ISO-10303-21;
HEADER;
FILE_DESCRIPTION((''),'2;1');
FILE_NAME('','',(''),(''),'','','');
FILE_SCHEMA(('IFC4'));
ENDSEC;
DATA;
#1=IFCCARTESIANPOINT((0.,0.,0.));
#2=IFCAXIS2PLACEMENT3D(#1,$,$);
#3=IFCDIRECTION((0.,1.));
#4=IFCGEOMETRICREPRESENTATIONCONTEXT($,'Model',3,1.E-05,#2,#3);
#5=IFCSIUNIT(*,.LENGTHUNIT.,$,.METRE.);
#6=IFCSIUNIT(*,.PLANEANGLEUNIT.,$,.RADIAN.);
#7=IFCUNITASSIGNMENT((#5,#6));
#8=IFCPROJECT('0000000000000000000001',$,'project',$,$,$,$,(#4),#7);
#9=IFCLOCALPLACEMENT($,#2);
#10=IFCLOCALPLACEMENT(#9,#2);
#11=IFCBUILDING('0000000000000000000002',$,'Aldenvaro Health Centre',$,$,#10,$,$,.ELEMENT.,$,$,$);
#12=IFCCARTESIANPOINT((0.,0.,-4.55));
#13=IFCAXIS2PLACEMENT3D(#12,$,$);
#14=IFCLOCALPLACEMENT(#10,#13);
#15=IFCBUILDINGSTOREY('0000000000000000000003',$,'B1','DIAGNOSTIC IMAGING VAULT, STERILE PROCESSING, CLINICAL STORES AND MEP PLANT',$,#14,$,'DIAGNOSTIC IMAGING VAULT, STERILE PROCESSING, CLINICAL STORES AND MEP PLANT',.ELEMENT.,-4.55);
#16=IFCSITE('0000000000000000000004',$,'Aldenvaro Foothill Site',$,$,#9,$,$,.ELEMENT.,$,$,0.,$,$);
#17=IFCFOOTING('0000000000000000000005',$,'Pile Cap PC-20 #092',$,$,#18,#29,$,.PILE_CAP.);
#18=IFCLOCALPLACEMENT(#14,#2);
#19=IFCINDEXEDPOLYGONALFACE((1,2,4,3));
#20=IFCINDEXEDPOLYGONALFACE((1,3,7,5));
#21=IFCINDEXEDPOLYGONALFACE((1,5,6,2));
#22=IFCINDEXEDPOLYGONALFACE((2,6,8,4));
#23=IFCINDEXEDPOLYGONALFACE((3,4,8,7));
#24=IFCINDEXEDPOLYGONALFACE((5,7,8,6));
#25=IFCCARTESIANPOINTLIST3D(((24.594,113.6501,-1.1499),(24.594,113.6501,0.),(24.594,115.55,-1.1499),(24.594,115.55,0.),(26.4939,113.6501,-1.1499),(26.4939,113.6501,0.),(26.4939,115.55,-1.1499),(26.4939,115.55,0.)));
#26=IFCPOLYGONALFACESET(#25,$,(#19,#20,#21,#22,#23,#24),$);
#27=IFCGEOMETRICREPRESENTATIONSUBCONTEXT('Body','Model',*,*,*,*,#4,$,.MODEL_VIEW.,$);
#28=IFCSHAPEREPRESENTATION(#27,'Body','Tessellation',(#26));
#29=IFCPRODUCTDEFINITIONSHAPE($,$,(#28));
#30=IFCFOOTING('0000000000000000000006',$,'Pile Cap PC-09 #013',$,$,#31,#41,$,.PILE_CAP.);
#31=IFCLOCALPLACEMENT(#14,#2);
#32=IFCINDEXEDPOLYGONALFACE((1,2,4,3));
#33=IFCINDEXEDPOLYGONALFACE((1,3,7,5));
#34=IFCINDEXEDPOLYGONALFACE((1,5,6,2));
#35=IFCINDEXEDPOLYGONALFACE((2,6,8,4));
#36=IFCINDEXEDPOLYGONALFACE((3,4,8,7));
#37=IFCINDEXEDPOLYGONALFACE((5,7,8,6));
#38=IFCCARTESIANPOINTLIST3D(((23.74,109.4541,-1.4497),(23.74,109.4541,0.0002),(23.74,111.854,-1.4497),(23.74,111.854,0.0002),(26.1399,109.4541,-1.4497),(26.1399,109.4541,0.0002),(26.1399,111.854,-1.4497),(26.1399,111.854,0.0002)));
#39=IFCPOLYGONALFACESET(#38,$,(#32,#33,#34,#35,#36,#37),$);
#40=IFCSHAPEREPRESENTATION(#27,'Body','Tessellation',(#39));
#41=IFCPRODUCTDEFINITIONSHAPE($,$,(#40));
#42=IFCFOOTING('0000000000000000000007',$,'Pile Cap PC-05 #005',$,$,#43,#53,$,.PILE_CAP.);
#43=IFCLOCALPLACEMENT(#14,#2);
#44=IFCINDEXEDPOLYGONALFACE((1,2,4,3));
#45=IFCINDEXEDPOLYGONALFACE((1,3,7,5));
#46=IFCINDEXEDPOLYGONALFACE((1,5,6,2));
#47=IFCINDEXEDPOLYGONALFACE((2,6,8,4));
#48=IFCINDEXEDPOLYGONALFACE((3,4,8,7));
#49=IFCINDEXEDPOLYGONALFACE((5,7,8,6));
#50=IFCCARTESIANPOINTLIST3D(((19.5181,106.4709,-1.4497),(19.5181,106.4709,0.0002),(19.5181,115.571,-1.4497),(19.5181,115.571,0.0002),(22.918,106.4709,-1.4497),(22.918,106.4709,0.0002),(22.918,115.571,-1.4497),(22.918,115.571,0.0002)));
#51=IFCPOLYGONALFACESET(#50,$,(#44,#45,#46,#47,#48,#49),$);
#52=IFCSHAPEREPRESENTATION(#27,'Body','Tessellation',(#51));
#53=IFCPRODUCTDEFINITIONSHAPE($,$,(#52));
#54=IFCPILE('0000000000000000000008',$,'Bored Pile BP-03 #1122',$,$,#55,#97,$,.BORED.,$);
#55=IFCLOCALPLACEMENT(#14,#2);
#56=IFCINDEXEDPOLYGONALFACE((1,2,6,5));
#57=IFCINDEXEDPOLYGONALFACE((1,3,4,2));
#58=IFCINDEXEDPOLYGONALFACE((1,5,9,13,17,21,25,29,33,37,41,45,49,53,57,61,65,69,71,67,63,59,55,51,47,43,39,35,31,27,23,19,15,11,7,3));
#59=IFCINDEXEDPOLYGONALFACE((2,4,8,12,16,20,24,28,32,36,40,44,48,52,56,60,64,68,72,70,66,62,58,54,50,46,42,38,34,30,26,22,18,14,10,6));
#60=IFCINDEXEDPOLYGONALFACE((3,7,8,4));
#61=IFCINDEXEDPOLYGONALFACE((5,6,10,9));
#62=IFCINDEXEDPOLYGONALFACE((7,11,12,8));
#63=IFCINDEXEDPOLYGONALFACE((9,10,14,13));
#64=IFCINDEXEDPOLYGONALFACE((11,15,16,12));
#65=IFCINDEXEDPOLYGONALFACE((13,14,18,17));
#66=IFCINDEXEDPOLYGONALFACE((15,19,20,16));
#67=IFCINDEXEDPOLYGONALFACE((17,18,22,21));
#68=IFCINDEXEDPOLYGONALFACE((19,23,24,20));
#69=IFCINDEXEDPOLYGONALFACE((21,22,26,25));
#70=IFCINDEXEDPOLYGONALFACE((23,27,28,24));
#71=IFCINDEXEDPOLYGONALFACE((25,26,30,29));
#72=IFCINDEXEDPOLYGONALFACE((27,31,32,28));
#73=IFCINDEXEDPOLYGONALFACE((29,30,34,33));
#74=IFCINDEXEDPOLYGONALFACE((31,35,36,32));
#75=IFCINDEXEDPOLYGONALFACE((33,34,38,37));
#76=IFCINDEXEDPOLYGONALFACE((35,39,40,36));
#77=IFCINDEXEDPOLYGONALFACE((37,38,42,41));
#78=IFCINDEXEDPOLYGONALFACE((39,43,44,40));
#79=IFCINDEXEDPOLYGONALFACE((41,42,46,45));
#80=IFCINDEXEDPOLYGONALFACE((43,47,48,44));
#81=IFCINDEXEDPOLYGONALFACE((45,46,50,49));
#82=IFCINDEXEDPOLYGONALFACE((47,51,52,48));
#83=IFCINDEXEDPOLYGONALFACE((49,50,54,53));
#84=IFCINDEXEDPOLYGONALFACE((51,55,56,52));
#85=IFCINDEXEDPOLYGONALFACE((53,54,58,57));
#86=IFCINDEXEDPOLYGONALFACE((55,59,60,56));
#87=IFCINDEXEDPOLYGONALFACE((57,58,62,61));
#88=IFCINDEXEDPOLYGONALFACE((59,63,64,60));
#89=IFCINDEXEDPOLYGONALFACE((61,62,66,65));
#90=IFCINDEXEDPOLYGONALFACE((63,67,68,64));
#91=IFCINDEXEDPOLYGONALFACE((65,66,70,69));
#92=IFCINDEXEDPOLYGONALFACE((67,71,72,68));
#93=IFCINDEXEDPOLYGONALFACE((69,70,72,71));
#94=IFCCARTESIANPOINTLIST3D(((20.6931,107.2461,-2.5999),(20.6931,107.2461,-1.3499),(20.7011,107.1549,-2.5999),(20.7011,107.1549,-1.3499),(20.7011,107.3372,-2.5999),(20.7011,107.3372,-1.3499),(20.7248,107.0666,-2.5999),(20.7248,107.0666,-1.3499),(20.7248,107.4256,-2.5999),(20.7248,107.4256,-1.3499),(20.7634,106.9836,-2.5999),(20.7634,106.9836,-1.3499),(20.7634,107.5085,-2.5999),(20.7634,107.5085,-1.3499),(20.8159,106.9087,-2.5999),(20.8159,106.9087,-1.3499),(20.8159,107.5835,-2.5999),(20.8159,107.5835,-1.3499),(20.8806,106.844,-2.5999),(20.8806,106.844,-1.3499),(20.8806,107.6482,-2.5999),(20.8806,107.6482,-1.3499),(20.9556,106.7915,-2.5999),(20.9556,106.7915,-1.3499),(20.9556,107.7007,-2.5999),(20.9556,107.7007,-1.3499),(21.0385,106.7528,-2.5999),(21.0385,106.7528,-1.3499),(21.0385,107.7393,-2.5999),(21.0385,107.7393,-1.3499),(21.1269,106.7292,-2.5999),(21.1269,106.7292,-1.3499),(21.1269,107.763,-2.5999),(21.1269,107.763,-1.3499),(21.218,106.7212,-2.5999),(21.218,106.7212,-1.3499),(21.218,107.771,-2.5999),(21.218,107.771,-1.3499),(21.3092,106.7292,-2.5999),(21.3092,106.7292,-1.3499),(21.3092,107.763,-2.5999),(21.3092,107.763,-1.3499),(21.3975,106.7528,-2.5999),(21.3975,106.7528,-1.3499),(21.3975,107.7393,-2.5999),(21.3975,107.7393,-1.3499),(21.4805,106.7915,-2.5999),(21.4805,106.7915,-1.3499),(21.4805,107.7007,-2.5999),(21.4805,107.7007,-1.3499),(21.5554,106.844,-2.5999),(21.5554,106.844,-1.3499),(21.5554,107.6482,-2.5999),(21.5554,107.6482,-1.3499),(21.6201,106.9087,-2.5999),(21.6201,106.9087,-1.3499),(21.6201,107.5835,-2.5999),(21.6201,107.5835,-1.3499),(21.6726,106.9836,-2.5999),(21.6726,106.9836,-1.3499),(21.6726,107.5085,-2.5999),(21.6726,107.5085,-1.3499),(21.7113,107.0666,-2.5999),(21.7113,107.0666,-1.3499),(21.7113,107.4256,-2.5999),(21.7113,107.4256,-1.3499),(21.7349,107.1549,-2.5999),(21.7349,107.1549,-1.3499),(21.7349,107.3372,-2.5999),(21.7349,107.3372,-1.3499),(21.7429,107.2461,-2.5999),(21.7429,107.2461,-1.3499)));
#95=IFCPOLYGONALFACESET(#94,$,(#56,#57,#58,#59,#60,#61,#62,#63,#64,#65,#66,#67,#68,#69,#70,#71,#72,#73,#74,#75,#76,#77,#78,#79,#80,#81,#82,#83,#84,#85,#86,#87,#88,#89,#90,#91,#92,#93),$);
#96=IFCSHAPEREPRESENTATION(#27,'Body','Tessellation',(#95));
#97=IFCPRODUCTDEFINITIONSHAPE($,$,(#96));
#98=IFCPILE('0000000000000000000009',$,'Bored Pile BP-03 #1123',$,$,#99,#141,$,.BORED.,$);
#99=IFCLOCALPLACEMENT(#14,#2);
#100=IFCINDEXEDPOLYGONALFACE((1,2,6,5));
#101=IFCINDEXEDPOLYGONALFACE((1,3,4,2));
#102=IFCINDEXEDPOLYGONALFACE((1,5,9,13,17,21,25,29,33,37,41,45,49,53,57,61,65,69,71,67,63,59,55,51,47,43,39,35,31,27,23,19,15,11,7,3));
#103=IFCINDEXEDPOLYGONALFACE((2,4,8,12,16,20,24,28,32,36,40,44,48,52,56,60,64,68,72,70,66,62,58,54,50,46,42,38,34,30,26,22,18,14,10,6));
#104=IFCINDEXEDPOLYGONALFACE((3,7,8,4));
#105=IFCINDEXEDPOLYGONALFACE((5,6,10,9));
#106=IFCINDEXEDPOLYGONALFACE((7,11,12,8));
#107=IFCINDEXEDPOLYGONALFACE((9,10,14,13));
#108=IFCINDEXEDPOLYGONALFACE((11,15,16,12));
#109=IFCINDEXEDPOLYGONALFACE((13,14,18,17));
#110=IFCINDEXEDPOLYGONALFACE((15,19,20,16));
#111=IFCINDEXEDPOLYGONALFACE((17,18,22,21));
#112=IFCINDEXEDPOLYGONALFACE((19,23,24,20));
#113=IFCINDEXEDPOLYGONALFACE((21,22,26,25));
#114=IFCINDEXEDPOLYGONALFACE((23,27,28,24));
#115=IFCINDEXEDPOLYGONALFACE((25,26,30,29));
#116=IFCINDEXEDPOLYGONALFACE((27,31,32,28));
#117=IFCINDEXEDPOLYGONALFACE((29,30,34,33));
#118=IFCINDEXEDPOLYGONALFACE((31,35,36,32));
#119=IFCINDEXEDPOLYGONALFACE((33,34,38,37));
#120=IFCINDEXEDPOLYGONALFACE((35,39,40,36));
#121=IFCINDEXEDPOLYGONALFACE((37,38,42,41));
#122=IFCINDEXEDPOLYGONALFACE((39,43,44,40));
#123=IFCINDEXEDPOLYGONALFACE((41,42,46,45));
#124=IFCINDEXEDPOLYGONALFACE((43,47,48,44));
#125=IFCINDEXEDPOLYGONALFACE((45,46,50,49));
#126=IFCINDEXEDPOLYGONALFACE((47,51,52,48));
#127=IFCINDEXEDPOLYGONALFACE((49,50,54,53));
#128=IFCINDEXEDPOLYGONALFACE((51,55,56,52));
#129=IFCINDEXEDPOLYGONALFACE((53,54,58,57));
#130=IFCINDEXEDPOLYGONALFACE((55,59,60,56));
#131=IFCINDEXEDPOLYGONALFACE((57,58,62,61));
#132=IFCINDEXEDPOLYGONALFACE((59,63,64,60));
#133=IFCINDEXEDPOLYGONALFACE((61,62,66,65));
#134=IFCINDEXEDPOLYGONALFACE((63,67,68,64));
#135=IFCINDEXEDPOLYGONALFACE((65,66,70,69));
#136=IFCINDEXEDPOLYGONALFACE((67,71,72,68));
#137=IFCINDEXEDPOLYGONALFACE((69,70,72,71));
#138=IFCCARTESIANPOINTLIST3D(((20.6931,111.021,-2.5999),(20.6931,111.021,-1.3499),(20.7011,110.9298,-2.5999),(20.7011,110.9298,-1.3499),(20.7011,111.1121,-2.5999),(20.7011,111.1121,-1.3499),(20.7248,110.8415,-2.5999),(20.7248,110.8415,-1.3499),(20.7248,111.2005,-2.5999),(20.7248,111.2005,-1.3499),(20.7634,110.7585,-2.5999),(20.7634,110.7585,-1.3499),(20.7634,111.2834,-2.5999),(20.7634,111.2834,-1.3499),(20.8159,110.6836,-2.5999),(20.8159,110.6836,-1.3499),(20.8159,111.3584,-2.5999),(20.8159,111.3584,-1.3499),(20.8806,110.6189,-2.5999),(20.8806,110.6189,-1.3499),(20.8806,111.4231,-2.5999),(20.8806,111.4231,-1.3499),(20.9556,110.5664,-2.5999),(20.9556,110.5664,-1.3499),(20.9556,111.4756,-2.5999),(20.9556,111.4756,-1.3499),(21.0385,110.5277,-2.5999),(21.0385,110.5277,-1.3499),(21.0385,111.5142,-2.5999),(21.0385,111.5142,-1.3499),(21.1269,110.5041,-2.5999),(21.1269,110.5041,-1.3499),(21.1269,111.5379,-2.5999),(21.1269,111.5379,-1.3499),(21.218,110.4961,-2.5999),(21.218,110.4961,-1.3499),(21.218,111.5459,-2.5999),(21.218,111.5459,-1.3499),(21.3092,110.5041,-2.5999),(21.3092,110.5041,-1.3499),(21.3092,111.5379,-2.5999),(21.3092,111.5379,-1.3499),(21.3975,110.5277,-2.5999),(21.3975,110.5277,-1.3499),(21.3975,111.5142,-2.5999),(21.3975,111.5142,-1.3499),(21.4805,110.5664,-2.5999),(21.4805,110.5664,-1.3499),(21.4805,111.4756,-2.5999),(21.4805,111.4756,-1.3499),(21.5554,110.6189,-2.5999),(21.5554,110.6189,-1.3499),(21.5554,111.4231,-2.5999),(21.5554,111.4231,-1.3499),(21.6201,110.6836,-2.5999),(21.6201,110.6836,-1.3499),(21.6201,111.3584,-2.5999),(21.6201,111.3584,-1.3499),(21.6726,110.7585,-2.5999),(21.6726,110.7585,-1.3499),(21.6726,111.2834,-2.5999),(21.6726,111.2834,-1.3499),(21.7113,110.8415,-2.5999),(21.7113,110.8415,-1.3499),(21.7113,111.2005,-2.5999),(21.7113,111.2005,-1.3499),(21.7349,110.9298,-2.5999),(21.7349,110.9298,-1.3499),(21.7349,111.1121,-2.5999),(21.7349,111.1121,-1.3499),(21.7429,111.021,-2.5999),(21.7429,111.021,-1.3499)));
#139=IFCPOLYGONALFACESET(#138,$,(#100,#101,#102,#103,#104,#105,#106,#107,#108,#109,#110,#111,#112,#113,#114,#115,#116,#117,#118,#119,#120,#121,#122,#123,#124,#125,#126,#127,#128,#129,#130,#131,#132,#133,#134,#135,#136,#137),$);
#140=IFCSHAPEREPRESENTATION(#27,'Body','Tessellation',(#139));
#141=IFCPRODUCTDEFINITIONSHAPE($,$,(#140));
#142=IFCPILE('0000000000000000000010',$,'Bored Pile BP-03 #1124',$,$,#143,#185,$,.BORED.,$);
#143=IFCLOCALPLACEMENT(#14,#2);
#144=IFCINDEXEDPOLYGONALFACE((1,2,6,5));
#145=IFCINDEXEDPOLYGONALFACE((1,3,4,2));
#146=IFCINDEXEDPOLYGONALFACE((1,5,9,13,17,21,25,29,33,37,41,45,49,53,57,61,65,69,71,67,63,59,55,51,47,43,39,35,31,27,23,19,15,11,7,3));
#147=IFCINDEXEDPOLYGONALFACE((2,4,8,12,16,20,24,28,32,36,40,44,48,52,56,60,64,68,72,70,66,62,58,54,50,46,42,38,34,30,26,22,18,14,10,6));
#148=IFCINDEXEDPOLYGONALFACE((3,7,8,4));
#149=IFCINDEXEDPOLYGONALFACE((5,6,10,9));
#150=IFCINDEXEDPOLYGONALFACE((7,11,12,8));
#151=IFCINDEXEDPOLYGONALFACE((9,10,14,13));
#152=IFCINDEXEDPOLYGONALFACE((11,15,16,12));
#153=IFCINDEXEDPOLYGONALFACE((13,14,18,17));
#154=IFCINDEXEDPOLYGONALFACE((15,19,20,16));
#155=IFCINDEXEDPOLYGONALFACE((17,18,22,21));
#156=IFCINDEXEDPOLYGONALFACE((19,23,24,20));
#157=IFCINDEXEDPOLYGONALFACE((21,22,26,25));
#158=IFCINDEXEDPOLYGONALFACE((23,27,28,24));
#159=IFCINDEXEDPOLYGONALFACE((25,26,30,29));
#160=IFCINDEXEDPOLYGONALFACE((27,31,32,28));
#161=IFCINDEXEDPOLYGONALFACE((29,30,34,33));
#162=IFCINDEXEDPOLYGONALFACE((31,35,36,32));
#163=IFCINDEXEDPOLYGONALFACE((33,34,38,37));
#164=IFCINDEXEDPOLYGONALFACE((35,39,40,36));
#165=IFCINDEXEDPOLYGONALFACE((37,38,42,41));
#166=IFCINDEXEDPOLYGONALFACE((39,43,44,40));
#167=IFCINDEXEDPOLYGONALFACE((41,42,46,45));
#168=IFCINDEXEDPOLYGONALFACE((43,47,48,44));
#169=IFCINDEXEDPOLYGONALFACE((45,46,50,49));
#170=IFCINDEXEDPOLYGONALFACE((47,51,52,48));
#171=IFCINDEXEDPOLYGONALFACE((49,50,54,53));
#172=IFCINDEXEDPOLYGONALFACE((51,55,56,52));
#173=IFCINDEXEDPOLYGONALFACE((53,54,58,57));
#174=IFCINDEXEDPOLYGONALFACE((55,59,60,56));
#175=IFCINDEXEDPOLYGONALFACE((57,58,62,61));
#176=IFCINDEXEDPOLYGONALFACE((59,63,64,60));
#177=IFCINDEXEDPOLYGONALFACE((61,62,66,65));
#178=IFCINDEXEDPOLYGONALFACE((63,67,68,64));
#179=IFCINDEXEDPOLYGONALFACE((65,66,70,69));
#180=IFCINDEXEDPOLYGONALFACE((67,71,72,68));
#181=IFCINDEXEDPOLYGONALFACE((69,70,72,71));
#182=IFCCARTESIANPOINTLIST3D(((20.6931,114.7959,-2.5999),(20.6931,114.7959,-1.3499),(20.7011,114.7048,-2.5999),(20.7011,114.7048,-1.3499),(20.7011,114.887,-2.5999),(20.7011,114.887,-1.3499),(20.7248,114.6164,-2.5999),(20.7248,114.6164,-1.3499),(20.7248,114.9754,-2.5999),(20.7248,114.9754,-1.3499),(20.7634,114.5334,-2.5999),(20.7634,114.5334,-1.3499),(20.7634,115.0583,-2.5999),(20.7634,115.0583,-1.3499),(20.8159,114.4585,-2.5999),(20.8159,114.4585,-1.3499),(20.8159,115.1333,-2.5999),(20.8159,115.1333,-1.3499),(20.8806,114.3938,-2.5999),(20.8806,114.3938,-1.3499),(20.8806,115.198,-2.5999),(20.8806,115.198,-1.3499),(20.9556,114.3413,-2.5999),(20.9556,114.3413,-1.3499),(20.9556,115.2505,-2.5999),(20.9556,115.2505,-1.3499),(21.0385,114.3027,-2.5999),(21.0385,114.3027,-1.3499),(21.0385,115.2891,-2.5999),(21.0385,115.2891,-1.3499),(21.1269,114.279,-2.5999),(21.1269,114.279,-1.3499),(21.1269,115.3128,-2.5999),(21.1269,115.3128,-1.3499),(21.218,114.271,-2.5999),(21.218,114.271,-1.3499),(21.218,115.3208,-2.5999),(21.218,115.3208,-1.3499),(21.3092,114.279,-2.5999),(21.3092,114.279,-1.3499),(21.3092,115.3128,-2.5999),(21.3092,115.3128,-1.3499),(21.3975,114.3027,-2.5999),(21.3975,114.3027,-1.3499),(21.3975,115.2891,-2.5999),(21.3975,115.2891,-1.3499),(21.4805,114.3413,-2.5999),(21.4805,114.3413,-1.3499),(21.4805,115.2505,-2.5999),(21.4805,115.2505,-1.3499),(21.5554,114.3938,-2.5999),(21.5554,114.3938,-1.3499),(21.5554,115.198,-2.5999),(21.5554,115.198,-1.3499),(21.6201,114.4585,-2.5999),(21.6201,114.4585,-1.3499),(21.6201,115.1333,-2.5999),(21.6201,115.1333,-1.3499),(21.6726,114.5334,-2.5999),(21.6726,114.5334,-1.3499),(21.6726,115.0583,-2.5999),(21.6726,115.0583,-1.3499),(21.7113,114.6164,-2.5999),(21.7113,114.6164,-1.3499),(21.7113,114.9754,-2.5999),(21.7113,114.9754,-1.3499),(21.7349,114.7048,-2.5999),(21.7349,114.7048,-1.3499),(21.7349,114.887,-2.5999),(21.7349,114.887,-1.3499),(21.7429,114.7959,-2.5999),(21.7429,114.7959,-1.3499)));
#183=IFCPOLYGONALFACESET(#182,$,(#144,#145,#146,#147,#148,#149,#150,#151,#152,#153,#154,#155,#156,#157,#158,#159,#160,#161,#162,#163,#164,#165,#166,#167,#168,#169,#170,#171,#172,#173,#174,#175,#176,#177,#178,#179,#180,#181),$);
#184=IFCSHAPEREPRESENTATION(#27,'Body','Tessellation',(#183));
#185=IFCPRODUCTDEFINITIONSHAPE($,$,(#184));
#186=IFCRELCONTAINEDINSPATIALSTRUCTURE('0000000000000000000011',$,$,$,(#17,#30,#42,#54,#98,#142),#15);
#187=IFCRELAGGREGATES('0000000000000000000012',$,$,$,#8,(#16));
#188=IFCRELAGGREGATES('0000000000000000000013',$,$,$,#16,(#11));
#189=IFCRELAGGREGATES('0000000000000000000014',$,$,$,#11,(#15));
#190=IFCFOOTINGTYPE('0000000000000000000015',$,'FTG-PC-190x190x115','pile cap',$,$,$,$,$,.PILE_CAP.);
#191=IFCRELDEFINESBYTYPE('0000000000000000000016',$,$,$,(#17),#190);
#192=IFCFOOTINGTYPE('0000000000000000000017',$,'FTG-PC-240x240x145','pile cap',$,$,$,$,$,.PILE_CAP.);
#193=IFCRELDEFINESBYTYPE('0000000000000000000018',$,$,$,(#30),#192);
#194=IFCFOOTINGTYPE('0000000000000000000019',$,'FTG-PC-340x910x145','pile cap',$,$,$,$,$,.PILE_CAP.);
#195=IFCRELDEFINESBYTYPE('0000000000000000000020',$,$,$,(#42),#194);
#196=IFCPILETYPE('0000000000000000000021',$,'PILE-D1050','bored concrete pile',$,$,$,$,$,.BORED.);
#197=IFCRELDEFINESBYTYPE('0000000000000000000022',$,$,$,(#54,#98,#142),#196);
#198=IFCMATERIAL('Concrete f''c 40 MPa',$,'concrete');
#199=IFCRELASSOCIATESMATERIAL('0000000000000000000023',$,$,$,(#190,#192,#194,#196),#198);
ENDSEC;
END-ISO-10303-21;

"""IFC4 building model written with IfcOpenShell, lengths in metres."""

from ifc_helpers import new_model, si_unit, direction, frame, origin, origin_2d, place, context, subcontext, project, spatial, rectangle, circle, extrude, material, material_profile, profile_set, type_object, element, save


model = new_model("IFC4")

# Units and contexts
model_context = context("Model", 3, precision=1e-05, world=origin(), true_north=direction((0.0, 1.0)))
body_context = subcontext(model_context, "Body", "Model", "MODEL_VIEW")
ifc_project = project(units=[si_unit("LENGTHUNIT", "METRE"), si_unit("PLANEANGLEUNIT", "RADIAN")], contexts=[model_context])

# Site, building, storey
site_placement = place(None, origin())
site = spatial("IfcSite", under=ifc_project, at=site_placement, Name="Aldenvaro Foothill Site", CompositionType="ELEMENT", RefElevation=0.0)
building_placement = place(site_placement, origin())
building = spatial("IfcBuilding", under=site, at=building_placement, Name="Aldenvaro Health Centre", CompositionType="ELEMENT")
storey_placement = place(building_placement, frame((0.0, 0.0, -4.55)))
storey = spatial("IfcBuildingStorey", under=building, at=storey_placement, Name="B1", Description="DIAGNOSTIC IMAGING VAULT, STERILE PROCESSING, CLINICAL STORES AND MEP PLANT", LongName="DIAGNOSTIC IMAGING VAULT, STERILE PROCESSING, CLINICAL STORES AND MEP PLANT", CompositionType="ELEMENT", Elevation=-4.55)

# Footings
ifc_material_1 = material(Name="Concrete f'c 40 MPa", Category="concrete")
footing_type_1 = type_object("IfcFootingType", Name="FTG-PC-190x190x115", Description="pile cap", PredefinedType="PILE_CAP", material=ifc_material_1)
footing_1_placement = place(storey_placement, frame((25.5439, 114.6001, -1.1499), z_axis=(0.0, 0.0, 1.0), x_axis=(1.0, 0.0, 0.0)))
element("IfcFooting", 1, at=footing_1_placement, inside=storey, type_object=footing_type_1, Name="Pile Cap PC-20 #092", PredefinedType="PILE_CAP", context=body_context, shape_type="SweptSolid", body=[
    extrude(rectangle(XDim=1.8999, YDim=1.8999, at=origin_2d()), origin(), (0.0, 0.0, 1.0), 1.1499),
])
footing_type_2 = type_object("IfcFootingType", Name="FTG-PC-240x240x145", Description="pile cap", PredefinedType="PILE_CAP", material=ifc_material_1)
footing_2_placement = place(storey_placement, frame((24.9399, 110.6541, -1.4497), z_axis=(0.0, 0.0, 1.0), x_axis=(1.0, 0.0, 0.0)))
element("IfcFooting", 2, at=footing_2_placement, inside=storey, type_object=footing_type_2, Name="Pile Cap PC-09 #013", PredefinedType="PILE_CAP", context=body_context, shape_type="SweptSolid", body=[
    extrude(rectangle(XDim=2.3999, YDim=2.3999, at=origin_2d()), origin(), (0.0, 0.0, 1.0), 1.45),
])
footing_type_3 = type_object("IfcFootingType", Name="FTG-PC-340x910x145", Description="pile cap", PredefinedType="PILE_CAP", material=ifc_material_1)
footing_3_placement = place(storey_placement, frame((21.218, 111.021, -1.4497), z_axis=(0.0, 0.0, 1.0), x_axis=(1.0, 0.0, 0.0)))
element("IfcFooting", 3, at=footing_3_placement, inside=storey, type_object=footing_type_3, Name="Pile Cap PC-05 #005", PredefinedType="PILE_CAP", context=body_context, shape_type="SweptSolid", body=[
    extrude(rectangle(XDim=3.3999, YDim=9.1001, at=origin_2d()), origin(), (0.0, 0.0, 1.0), 1.45),
])

# Piles
ifc_material_profile_1 = material_profile(ifc_material_1, circle(Radius=0.5249, at=origin_2d()), Name="PILE D1050", Category="concrete")
ifc_profile_set_1 = profile_set([ifc_material_profile_1], Name="Concrete f'c 40 MPa")
pile_type_1 = type_object("IfcPileType", Name="PILE-D1050", Description="bored concrete pile", PredefinedType="BORED", material=ifc_profile_set_1)
for number, where, z_axis, x_axis, name in (
    (4, (21.218, 107.2461, -1.3499), (0.0, 0.0, -1.0), (1.0, 0.0, 0.0), "Bored Pile BP-03 #1122"),
    (5, (21.218, 111.021, -1.3499), (0.0, 0.0, -1.0), (1.0, 0.0, 0.0), "Bored Pile BP-03 #1123"),
    (6, (21.218, 114.7959, -1.3499), (0.0, 0.0, -1.0), (1.0, 0.0, 0.0), "Bored Pile BP-03 #1124"),
):
    element("IfcPile", number, at=place(storey_placement, frame(where, z_axis=z_axis, x_axis=x_axis)), inside=storey, type_object=pile_type_1, Name=name, PredefinedType="BORED", context=body_context, shape_type="SweptSolid", body=[
        extrude(circle(Radius=0.5249, at=origin_2d()), origin(), (0.0, 0.0, 1.0), 1.25),
    ])

save(model, "model.ifc")
